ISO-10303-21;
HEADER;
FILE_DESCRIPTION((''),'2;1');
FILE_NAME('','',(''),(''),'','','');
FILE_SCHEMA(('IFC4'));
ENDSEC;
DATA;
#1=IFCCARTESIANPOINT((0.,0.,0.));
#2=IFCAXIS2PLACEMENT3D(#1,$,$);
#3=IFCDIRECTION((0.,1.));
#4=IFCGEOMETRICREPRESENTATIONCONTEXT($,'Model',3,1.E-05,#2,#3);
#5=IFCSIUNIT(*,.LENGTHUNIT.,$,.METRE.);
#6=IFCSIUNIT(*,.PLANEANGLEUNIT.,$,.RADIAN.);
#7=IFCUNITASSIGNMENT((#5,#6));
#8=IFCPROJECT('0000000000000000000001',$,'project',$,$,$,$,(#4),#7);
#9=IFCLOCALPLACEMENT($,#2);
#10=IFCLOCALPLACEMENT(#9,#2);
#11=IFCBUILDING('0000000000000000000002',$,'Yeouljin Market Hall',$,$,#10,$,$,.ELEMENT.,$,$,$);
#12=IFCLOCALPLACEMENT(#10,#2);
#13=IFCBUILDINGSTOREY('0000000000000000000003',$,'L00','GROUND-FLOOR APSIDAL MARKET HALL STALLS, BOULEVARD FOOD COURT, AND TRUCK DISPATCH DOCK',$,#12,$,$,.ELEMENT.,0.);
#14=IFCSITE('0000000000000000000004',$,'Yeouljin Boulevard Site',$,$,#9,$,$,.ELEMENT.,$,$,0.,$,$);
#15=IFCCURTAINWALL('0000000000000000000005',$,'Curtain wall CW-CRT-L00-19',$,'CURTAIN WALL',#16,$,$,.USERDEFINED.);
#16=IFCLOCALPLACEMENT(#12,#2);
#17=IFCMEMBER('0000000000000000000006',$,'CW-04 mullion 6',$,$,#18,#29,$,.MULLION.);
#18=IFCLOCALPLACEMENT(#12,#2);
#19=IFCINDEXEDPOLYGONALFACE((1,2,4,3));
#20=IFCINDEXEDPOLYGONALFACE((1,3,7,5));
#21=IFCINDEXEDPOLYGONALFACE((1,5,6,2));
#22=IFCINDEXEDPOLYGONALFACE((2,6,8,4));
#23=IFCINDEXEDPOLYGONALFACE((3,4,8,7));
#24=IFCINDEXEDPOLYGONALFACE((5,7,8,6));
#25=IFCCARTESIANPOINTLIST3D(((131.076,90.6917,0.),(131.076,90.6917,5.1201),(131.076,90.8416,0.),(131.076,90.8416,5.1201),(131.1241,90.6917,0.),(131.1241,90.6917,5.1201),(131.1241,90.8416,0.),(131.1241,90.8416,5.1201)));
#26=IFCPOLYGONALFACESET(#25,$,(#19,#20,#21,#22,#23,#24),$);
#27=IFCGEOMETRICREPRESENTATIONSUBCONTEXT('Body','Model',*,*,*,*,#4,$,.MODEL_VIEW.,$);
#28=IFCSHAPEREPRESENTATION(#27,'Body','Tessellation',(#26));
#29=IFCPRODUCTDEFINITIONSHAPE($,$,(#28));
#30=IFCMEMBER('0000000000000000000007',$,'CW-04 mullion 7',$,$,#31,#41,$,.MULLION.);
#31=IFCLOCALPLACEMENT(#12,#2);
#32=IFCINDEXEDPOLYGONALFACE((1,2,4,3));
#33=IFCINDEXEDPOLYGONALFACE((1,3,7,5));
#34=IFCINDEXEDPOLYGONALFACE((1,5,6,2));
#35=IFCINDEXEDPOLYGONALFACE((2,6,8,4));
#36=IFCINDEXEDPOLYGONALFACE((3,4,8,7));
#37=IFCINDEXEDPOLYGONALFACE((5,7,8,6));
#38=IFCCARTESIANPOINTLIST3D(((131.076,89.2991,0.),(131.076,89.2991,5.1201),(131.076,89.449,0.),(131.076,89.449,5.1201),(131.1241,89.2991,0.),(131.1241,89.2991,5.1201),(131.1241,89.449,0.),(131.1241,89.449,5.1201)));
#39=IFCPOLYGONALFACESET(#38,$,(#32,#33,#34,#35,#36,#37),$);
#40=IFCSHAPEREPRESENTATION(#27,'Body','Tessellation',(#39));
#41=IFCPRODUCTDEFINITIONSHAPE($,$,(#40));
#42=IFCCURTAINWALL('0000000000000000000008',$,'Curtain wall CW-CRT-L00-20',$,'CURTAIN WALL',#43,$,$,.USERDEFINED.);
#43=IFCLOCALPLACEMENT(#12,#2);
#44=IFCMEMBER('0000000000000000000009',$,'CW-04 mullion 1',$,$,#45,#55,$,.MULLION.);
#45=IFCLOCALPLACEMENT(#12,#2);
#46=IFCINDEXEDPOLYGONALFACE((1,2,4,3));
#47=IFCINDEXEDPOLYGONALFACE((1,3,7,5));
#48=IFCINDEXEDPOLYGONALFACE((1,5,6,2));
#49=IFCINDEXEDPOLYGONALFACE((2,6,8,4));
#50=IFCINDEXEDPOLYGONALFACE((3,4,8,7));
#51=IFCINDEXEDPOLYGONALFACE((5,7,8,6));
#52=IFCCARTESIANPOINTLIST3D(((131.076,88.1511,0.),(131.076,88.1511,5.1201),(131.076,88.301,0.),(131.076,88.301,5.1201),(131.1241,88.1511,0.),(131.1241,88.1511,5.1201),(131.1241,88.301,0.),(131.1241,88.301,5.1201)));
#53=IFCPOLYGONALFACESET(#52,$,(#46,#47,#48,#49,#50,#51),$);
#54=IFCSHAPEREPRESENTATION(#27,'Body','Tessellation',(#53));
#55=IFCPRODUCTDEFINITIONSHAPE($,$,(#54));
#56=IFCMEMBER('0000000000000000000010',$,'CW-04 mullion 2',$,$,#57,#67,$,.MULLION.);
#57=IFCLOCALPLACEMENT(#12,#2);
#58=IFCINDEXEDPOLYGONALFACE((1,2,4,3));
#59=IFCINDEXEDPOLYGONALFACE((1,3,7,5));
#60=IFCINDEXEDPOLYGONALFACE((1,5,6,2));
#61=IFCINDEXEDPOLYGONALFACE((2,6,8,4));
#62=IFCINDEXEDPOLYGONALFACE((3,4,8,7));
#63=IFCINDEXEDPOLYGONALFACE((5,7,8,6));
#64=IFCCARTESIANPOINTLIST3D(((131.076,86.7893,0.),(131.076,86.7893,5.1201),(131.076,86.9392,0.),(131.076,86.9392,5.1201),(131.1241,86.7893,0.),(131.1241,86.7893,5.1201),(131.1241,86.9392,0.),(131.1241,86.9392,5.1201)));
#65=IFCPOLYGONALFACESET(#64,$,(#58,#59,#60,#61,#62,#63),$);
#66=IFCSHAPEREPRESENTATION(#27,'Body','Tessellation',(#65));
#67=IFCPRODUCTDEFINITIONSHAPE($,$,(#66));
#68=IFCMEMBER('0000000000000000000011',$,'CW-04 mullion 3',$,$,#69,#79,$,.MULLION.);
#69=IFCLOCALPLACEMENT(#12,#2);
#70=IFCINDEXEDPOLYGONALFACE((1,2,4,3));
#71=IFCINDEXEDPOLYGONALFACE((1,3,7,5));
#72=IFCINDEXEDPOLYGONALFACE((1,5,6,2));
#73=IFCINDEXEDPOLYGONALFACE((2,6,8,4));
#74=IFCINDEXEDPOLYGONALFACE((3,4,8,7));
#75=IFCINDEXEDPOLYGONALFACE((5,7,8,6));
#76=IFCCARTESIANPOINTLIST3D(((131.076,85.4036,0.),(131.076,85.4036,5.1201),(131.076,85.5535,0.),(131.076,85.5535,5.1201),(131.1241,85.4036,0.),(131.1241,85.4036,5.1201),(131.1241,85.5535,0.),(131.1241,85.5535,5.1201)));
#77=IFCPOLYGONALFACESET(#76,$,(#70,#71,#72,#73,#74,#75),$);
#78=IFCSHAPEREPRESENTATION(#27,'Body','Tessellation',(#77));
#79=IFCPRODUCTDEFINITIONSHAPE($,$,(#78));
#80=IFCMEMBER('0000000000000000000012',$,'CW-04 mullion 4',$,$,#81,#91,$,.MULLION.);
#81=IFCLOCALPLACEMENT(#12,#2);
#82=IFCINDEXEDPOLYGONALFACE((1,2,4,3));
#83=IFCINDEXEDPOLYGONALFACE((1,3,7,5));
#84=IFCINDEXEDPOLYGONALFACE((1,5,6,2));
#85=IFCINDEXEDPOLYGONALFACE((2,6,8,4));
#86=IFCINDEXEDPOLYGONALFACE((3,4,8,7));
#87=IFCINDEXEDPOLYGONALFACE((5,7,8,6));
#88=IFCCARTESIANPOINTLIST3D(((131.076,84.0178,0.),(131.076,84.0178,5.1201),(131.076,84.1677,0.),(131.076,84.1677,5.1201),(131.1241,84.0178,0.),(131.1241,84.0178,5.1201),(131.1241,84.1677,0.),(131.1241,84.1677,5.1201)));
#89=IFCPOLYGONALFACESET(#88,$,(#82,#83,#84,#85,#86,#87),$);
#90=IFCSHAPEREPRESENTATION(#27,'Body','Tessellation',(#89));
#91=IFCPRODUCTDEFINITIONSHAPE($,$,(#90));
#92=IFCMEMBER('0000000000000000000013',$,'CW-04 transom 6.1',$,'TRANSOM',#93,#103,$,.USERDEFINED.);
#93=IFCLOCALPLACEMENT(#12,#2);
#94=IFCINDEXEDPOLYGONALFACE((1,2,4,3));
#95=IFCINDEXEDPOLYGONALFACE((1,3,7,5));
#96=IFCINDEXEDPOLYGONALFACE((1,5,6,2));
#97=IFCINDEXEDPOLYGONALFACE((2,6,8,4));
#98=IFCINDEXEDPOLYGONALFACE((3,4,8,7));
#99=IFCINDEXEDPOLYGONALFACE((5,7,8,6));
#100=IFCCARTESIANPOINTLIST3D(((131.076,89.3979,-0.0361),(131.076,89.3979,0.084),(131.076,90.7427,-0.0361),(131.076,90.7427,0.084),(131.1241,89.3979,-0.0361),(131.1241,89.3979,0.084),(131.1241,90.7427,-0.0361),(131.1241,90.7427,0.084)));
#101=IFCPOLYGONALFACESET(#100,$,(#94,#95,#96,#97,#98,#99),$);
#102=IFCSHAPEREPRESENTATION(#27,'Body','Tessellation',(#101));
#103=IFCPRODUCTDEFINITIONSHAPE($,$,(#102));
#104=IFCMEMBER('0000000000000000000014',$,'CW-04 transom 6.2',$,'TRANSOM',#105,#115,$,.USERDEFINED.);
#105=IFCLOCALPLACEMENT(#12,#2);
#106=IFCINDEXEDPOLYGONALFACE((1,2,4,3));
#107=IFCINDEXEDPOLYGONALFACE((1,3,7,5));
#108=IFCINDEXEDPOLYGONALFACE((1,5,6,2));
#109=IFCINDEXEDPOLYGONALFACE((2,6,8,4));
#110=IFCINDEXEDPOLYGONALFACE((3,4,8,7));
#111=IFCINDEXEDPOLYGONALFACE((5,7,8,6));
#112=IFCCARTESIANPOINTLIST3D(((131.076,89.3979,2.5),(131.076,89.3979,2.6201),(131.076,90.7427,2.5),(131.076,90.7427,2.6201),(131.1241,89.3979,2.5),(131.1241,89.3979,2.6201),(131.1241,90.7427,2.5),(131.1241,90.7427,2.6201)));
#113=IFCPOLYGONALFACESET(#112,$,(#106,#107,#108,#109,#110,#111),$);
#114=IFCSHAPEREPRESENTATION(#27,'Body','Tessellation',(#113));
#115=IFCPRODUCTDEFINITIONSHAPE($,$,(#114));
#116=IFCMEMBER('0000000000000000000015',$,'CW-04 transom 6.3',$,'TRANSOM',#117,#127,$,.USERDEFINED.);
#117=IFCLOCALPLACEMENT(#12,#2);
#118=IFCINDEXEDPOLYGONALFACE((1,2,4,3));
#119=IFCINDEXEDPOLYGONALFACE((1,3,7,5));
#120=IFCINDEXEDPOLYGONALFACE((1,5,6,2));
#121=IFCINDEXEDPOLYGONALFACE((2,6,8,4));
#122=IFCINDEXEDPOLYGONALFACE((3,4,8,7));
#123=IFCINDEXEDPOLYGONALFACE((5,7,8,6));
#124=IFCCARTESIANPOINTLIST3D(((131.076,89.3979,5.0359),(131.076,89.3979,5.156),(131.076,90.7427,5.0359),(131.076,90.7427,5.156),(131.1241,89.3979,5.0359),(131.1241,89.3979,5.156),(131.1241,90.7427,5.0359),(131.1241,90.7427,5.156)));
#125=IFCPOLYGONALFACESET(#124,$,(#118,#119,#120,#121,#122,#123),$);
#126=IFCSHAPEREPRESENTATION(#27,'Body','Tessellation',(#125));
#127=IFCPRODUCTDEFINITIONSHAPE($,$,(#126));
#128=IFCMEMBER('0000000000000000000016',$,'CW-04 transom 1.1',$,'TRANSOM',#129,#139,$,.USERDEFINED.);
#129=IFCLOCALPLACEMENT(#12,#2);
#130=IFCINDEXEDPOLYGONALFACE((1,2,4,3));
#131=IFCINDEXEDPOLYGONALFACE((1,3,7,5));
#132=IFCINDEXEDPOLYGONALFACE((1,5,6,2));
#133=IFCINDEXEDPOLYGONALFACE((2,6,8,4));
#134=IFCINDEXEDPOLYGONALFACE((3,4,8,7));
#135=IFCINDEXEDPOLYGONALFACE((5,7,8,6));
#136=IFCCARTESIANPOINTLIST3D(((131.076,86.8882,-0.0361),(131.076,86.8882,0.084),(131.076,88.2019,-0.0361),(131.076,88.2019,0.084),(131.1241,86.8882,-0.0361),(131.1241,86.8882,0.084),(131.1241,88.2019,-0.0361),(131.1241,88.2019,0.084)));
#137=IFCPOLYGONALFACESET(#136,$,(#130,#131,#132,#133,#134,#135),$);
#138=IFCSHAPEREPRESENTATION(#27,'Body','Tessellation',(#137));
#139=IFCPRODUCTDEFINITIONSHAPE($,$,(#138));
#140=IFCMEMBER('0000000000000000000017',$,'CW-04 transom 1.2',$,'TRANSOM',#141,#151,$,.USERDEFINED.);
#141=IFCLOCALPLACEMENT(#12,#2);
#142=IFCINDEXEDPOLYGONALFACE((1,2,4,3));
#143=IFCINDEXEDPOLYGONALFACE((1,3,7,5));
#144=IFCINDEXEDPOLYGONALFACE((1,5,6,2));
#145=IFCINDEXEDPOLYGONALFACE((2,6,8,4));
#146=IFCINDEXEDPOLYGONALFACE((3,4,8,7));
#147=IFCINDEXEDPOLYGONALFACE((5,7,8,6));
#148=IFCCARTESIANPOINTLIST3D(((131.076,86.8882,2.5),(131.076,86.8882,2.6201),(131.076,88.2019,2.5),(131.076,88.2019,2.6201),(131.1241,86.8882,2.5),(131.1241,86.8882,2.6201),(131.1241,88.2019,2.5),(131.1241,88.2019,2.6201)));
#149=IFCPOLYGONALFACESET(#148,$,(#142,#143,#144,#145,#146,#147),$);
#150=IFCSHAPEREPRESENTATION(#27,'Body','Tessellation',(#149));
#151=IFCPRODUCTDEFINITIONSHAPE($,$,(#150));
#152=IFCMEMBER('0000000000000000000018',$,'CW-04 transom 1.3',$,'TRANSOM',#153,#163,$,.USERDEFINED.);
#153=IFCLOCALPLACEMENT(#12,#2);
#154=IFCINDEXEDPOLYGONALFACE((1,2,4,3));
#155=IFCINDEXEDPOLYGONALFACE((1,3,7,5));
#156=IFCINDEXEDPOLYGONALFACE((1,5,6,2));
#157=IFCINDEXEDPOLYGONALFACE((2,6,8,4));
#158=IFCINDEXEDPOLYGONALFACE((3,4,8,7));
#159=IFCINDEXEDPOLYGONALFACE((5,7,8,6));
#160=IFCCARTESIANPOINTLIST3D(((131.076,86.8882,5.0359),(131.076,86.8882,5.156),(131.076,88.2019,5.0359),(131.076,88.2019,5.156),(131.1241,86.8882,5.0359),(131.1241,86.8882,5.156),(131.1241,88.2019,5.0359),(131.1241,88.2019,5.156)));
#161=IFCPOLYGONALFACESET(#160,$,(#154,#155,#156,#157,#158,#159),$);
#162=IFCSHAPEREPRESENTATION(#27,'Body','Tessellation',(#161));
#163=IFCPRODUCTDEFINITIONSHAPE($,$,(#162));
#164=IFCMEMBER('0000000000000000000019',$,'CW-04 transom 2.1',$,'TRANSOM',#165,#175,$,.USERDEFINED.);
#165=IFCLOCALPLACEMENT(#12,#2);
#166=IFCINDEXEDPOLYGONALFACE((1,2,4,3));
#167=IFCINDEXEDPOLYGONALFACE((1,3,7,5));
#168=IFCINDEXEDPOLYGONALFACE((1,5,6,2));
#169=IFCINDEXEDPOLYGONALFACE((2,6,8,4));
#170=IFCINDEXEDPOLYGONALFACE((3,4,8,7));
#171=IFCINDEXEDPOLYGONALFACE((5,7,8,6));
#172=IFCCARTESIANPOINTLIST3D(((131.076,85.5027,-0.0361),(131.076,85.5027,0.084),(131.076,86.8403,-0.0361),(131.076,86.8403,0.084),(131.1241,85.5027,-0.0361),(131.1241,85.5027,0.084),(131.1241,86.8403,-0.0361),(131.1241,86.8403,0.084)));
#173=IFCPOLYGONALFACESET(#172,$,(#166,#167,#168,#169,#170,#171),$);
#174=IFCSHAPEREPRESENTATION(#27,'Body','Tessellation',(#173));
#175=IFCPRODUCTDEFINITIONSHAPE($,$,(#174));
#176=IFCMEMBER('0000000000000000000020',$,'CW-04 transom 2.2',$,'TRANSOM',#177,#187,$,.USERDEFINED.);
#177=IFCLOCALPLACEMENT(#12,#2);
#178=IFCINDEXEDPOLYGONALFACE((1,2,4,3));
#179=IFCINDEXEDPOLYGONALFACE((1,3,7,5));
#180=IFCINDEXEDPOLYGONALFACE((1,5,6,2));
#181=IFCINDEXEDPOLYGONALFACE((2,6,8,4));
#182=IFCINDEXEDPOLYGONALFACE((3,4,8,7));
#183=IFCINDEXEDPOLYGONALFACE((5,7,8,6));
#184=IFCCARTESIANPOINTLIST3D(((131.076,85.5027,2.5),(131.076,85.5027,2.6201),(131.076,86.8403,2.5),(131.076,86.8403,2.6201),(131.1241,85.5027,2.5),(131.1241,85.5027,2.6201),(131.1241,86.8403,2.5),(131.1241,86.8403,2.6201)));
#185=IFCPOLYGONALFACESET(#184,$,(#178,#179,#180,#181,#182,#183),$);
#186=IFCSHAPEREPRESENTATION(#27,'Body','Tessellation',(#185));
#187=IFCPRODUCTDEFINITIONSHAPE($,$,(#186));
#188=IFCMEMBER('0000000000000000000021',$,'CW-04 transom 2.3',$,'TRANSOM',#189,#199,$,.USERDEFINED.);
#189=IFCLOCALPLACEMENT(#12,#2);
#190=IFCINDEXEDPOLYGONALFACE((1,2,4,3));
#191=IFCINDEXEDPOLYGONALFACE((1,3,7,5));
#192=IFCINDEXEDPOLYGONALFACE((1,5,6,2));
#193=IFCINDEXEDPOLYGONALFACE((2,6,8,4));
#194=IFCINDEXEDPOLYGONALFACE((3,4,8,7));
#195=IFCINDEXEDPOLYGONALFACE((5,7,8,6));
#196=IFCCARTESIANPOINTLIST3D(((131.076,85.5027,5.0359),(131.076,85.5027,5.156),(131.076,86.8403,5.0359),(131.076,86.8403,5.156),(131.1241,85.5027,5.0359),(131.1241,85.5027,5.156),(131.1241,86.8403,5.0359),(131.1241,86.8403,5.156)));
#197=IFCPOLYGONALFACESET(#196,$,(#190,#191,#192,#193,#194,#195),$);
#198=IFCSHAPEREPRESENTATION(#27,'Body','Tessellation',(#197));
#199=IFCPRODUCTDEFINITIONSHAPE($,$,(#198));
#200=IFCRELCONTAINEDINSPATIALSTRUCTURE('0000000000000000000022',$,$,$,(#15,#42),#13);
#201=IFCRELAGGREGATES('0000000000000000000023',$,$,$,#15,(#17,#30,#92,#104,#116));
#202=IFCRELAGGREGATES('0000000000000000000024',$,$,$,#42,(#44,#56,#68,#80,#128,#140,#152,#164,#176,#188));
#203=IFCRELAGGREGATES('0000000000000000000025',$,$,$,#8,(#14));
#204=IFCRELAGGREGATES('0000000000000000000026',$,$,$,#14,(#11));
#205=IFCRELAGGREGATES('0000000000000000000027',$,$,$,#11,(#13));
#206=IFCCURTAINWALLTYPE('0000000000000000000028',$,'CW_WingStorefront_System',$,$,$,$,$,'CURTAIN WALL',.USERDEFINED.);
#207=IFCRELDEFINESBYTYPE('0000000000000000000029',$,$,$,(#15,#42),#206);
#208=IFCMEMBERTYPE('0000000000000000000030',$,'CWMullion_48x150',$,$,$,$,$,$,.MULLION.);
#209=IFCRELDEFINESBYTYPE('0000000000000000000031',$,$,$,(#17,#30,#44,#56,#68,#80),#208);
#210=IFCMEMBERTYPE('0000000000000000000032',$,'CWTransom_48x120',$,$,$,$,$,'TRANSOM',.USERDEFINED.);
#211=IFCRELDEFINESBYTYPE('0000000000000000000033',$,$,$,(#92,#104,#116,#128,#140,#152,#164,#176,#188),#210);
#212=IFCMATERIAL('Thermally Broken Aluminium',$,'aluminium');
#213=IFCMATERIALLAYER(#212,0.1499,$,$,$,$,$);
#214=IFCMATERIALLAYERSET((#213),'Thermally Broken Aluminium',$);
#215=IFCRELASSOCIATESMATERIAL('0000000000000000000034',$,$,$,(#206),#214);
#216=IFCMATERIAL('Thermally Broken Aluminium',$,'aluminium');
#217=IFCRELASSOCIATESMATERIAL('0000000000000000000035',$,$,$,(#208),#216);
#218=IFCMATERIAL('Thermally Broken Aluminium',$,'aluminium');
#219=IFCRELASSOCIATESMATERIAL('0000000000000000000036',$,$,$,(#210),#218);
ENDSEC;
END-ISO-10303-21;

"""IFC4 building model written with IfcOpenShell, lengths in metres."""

from ifc_helpers import new_model, si_unit, direction, frame, origin, origin_2d, place, context, subcontext, project, spatial, rectangle, extrude, material, layer, layer_set, material_profile, profile_set, type_object, element, aggregate, save


model = new_model("IFC4")

# Units and contexts
model_context = context("Model", 3, precision=1e-05, world=origin(), true_north=direction((0.0, 1.0)))
body_context = subcontext(model_context, "Body", "Model", "MODEL_VIEW")
ifc_project = project(units=[si_unit("LENGTHUNIT", "METRE"), si_unit("PLANEANGLEUNIT", "RADIAN")], contexts=[model_context])

# Site, building, storey
site_placement = place(None, origin())
site = spatial("IfcSite", under=ifc_project, at=site_placement, Name="Yeouljin Boulevard Site", CompositionType="ELEMENT", RefElevation=0.0)
building_placement = place(site_placement, origin())
building = spatial("IfcBuilding", under=site, at=building_placement, Name="Yeouljin Market Hall", CompositionType="ELEMENT")
storey_placement = place(building_placement, origin())
storey = spatial("IfcBuildingStorey", under=building, at=storey_placement, Name="L00", Description="GROUND-FLOOR APSIDAL MARKET HALL STALLS, BOULEVARD FOOD COURT, AND TRUCK DISPATCH DOCK", CompositionType="ELEMENT", Elevation=0.0)

# Curtain walls, members
ifc_material_1 = material(Name="Thermally Broken Aluminium", Category="aluminium")
ifc_layer_1 = layer(ifc_material_1, 0.1499)
ifc_layer_set_1 = layer_set([ifc_layer_1], Name="Thermally Broken Aluminium")
curtain_wall_type = type_object("IfcCurtainWallType", Name="CW_WingStorefront_System", ElementType="CURTAIN WALL", PredefinedType="USERDEFINED", material=ifc_layer_set_1)
curtain_wall_1_placement = place(storey_placement, origin())
curtain_wall_1 = element("IfcCurtainWall", 1, at=curtain_wall_1_placement, inside=storey, type_object=curtain_wall_type, Name="Curtain wall CW-CRT-L00-19", ObjectType="CURTAIN WALL", PredefinedType="USERDEFINED")
ifc_material_2 = material(Name="Thermally Broken Aluminium", Category="aluminium")
ifc_material_profile_1 = material_profile(ifc_material_2, rectangle(XDim=0.0481, YDim=0.1499, at=origin_2d()), Name="CW-MULL-48x150")
ifc_profile_set_1 = profile_set([ifc_material_profile_1], Name="Thermally Broken Aluminium")
member_type_1 = type_object("IfcMemberType", Name="CWMullion_48x150", PredefinedType="MULLION", material=ifc_profile_set_1)
member_1_placement = place(storey_placement, frame((131.1001, 90.7666, 0.0), z_axis=(0.0, 0.0, 1.0), x_axis=(1.0, 0.0, 0.0)))
member_1 = element("IfcMember", 2, at=member_1_placement, type_object=member_type_1, Name="CW-04 mullion 6", PredefinedType="MULLION", context=body_context, shape_type="SweptSolid", body=[
    extrude(rectangle(XDim=0.0481, YDim=0.1499, at=origin_2d()), origin(), (0.0, 0.0, 1.0), 5.1201),
])
member_2_placement = place(storey_placement, frame((131.1001, 89.374, 0.0), z_axis=(0.0, 0.0, 1.0), x_axis=(1.0, 0.0, 0.0)))
member_2 = element("IfcMember", 3, at=member_2_placement, type_object=member_type_1, Name="CW-04 mullion 7", PredefinedType="MULLION", context=body_context, shape_type="SweptSolid", body=[
    extrude(rectangle(XDim=0.0481, YDim=0.1499, at=origin_2d()), origin(), (0.0, 0.0, 1.0), 5.1201),
])
curtain_wall_2_placement = place(storey_placement, origin())
curtain_wall_2 = element("IfcCurtainWall", 4, at=curtain_wall_2_placement, inside=storey, type_object=curtain_wall_type, Name="Curtain wall CW-CRT-L00-20", ObjectType="CURTAIN WALL", PredefinedType="USERDEFINED")
member_3_placement = place(storey_placement, frame((131.1001, 88.2261, 0.0), z_axis=(0.0, 0.0, 1.0), x_axis=(1.0, 0.0, 0.0)))
member_3 = element("IfcMember", 5, at=member_3_placement, type_object=member_type_1, Name="CW-04 mullion 1", PredefinedType="MULLION", context=body_context, shape_type="SweptSolid", body=[
    extrude(rectangle(XDim=0.0481, YDim=0.1499, at=origin_2d()), origin(), (0.0, 0.0, 1.0), 5.1201),
])
member_4_placement = place(storey_placement, frame((131.1001, 86.8643, 0.0), z_axis=(0.0, 0.0, 1.0), x_axis=(1.0, 0.0, 0.0)))
member_4 = element("IfcMember", 6, at=member_4_placement, type_object=member_type_1, Name="CW-04 mullion 2", PredefinedType="MULLION", context=body_context, shape_type="SweptSolid", body=[
    extrude(rectangle(XDim=0.0481, YDim=0.1499, at=origin_2d()), origin(), (0.0, 0.0, 1.0), 5.1201),
])
member_5_placement = place(storey_placement, frame((131.1001, 85.4785, 0.0), z_axis=(0.0, 0.0, 1.0), x_axis=(1.0, 0.0, 0.0)))
member_5 = element("IfcMember", 7, at=member_5_placement, type_object=member_type_1, Name="CW-04 mullion 3", PredefinedType="MULLION", context=body_context, shape_type="SweptSolid", body=[
    extrude(rectangle(XDim=0.0481, YDim=0.1499, at=origin_2d()), origin(), (0.0, 0.0, 1.0), 5.1201),
])
member_6_placement = place(storey_placement, frame((131.1001, 84.0928, 0.0), z_axis=(0.0, 0.0, 1.0), x_axis=(1.0, 0.0, 0.0)))
member_6 = element("IfcMember", 8, at=member_6_placement, type_object=member_type_1, Name="CW-04 mullion 4", PredefinedType="MULLION", context=body_context, shape_type="SweptSolid", body=[
    extrude(rectangle(XDim=0.0481, YDim=0.1499, at=origin_2d()), origin(), (0.0, 0.0, 1.0), 5.1201),
])

# Members
ifc_material_3 = material(Name="Thermally Broken Aluminium", Category="aluminium")
ifc_material_profile_2 = material_profile(ifc_material_3, rectangle(XDim=0.0481, YDim=0.1201, at=origin_2d()), Name="CW-TRAN-48x120")
ifc_profile_set_2 = profile_set([ifc_material_profile_2], Name="Thermally Broken Aluminium")
member_type_2 = type_object("IfcMemberType", Name="CWTransom_48x120", ElementType="TRANSOM", PredefinedType="USERDEFINED", material=ifc_profile_set_2)
member_7_placement = place(storey_placement, frame((131.1001, 90.7427, 0.0239), z_axis=(0.0, -1.0, 0.0), x_axis=(1.0, 0.0, 0.0)))
member_7 = element("IfcMember", 9, at=member_7_placement, type_object=member_type_2, Name="CW-04 transom 6.1", ObjectType="TRANSOM", PredefinedType="USERDEFINED", context=body_context, shape_type="SweptSolid", body=[
    extrude(rectangle(XDim=0.0481, YDim=0.1201, at=origin_2d()), origin(), (0.0, 0.0, 1.0), 1.3447),
])
member_8_placement = place(storey_placement, frame((131.1001, 90.7427, 2.5601), z_axis=(0.0, -1.0, 0.0), x_axis=(1.0, 0.0, 0.0)))
member_8 = element("IfcMember", 10, at=member_8_placement, type_object=member_type_2, Name="CW-04 transom 6.2", ObjectType="TRANSOM", PredefinedType="USERDEFINED", context=body_context, shape_type="SweptSolid", body=[
    extrude(rectangle(XDim=0.0481, YDim=0.1201, at=origin_2d()), origin(), (0.0, 0.0, 1.0), 1.3447),
])
member_9_placement = place(storey_placement, frame((131.1001, 90.7427, 5.0959), z_axis=(0.0, -1.0, 0.0), x_axis=(1.0, 0.0, 0.0)))
member_9 = element("IfcMember", 11, at=member_9_placement, type_object=member_type_2, Name="CW-04 transom 6.3", ObjectType="TRANSOM", PredefinedType="USERDEFINED", context=body_context, shape_type="SweptSolid", body=[
    extrude(rectangle(XDim=0.0481, YDim=0.1201, at=origin_2d()), origin(), (0.0, 0.0, 1.0), 1.3447),
])
member_10_placement = place(storey_placement, frame((131.1001, 88.2019, 0.0239), z_axis=(0.0, -1.0, 0.0), x_axis=(1.0, 0.0, 0.0)))
member_10 = element("IfcMember", 12, at=member_10_placement, type_object=member_type_2, Name="CW-04 transom 1.1", ObjectType="TRANSOM", PredefinedType="USERDEFINED", context=body_context, shape_type="SweptSolid", body=[
    extrude(rectangle(XDim=0.0481, YDim=0.1201, at=origin_2d()), origin(), (0.0, 0.0, 1.0), 1.3137),
])
member_11_placement = place(storey_placement, frame((131.1001, 88.2019, 2.5601), z_axis=(0.0, -1.0, 0.0), x_axis=(1.0, 0.0, 0.0)))
member_11 = element("IfcMember", 13, at=member_11_placement, type_object=member_type_2, Name="CW-04 transom 1.2", ObjectType="TRANSOM", PredefinedType="USERDEFINED", context=body_context, shape_type="SweptSolid", body=[
    extrude(rectangle(XDim=0.0481, YDim=0.1201, at=origin_2d()), origin(), (0.0, 0.0, 1.0), 1.3137),
])
member_12_placement = place(storey_placement, frame((131.1001, 88.2019, 5.0959), z_axis=(0.0, -1.0, 0.0), x_axis=(1.0, 0.0, 0.0)))
member_12 = element("IfcMember", 14, at=member_12_placement, type_object=member_type_2, Name="CW-04 transom 1.3", ObjectType="TRANSOM", PredefinedType="USERDEFINED", context=body_context, shape_type="SweptSolid", body=[
    extrude(rectangle(XDim=0.0481, YDim=0.1201, at=origin_2d()), origin(), (0.0, 0.0, 1.0), 1.3137),
])
member_13_placement = place(storey_placement, frame((131.1001, 86.8403, 0.0239), z_axis=(0.0, -1.0, 0.0), x_axis=(1.0, 0.0, 0.0)))
member_13 = element("IfcMember", 15, at=member_13_placement, type_object=member_type_2, Name="CW-04 transom 2.1", ObjectType="TRANSOM", PredefinedType="USERDEFINED", context=body_context, shape_type="SweptSolid", body=[
    extrude(rectangle(XDim=0.0481, YDim=0.1201, at=origin_2d()), origin(), (0.0, 0.0, 1.0), 1.3376),
])
member_14_placement = place(storey_placement, frame((131.1001, 86.8403, 2.5601), z_axis=(0.0, -1.0, 0.0), x_axis=(1.0, 0.0, 0.0)))
member_14 = element("IfcMember", 16, at=member_14_placement, type_object=member_type_2, Name="CW-04 transom 2.2", ObjectType="TRANSOM", PredefinedType="USERDEFINED", context=body_context, shape_type="SweptSolid", body=[
    extrude(rectangle(XDim=0.0481, YDim=0.1201, at=origin_2d()), origin(), (0.0, 0.0, 1.0), 1.3376),
])
member_15_placement = place(storey_placement, frame((131.1001, 86.8403, 5.0959), z_axis=(0.0, -1.0, 0.0), x_axis=(1.0, 0.0, 0.0)))
member_15 = element("IfcMember", 17, at=member_15_placement, type_object=member_type_2, Name="CW-04 transom 2.3", ObjectType="TRANSOM", PredefinedType="USERDEFINED", context=body_context, shape_type="SweptSolid", body=[
    extrude(rectangle(XDim=0.0481, YDim=0.1201, at=origin_2d()), origin(), (0.0, 0.0, 1.0), 1.3376),
])

aggregate(curtain_wall_1, [member_1, member_2, member_7, member_8, member_9])
aggregate(curtain_wall_2, [member_3, member_4, member_5, member_6, member_10, member_11, member_12, member_13, member_14, member_15])

save(model, "model.ifc")
